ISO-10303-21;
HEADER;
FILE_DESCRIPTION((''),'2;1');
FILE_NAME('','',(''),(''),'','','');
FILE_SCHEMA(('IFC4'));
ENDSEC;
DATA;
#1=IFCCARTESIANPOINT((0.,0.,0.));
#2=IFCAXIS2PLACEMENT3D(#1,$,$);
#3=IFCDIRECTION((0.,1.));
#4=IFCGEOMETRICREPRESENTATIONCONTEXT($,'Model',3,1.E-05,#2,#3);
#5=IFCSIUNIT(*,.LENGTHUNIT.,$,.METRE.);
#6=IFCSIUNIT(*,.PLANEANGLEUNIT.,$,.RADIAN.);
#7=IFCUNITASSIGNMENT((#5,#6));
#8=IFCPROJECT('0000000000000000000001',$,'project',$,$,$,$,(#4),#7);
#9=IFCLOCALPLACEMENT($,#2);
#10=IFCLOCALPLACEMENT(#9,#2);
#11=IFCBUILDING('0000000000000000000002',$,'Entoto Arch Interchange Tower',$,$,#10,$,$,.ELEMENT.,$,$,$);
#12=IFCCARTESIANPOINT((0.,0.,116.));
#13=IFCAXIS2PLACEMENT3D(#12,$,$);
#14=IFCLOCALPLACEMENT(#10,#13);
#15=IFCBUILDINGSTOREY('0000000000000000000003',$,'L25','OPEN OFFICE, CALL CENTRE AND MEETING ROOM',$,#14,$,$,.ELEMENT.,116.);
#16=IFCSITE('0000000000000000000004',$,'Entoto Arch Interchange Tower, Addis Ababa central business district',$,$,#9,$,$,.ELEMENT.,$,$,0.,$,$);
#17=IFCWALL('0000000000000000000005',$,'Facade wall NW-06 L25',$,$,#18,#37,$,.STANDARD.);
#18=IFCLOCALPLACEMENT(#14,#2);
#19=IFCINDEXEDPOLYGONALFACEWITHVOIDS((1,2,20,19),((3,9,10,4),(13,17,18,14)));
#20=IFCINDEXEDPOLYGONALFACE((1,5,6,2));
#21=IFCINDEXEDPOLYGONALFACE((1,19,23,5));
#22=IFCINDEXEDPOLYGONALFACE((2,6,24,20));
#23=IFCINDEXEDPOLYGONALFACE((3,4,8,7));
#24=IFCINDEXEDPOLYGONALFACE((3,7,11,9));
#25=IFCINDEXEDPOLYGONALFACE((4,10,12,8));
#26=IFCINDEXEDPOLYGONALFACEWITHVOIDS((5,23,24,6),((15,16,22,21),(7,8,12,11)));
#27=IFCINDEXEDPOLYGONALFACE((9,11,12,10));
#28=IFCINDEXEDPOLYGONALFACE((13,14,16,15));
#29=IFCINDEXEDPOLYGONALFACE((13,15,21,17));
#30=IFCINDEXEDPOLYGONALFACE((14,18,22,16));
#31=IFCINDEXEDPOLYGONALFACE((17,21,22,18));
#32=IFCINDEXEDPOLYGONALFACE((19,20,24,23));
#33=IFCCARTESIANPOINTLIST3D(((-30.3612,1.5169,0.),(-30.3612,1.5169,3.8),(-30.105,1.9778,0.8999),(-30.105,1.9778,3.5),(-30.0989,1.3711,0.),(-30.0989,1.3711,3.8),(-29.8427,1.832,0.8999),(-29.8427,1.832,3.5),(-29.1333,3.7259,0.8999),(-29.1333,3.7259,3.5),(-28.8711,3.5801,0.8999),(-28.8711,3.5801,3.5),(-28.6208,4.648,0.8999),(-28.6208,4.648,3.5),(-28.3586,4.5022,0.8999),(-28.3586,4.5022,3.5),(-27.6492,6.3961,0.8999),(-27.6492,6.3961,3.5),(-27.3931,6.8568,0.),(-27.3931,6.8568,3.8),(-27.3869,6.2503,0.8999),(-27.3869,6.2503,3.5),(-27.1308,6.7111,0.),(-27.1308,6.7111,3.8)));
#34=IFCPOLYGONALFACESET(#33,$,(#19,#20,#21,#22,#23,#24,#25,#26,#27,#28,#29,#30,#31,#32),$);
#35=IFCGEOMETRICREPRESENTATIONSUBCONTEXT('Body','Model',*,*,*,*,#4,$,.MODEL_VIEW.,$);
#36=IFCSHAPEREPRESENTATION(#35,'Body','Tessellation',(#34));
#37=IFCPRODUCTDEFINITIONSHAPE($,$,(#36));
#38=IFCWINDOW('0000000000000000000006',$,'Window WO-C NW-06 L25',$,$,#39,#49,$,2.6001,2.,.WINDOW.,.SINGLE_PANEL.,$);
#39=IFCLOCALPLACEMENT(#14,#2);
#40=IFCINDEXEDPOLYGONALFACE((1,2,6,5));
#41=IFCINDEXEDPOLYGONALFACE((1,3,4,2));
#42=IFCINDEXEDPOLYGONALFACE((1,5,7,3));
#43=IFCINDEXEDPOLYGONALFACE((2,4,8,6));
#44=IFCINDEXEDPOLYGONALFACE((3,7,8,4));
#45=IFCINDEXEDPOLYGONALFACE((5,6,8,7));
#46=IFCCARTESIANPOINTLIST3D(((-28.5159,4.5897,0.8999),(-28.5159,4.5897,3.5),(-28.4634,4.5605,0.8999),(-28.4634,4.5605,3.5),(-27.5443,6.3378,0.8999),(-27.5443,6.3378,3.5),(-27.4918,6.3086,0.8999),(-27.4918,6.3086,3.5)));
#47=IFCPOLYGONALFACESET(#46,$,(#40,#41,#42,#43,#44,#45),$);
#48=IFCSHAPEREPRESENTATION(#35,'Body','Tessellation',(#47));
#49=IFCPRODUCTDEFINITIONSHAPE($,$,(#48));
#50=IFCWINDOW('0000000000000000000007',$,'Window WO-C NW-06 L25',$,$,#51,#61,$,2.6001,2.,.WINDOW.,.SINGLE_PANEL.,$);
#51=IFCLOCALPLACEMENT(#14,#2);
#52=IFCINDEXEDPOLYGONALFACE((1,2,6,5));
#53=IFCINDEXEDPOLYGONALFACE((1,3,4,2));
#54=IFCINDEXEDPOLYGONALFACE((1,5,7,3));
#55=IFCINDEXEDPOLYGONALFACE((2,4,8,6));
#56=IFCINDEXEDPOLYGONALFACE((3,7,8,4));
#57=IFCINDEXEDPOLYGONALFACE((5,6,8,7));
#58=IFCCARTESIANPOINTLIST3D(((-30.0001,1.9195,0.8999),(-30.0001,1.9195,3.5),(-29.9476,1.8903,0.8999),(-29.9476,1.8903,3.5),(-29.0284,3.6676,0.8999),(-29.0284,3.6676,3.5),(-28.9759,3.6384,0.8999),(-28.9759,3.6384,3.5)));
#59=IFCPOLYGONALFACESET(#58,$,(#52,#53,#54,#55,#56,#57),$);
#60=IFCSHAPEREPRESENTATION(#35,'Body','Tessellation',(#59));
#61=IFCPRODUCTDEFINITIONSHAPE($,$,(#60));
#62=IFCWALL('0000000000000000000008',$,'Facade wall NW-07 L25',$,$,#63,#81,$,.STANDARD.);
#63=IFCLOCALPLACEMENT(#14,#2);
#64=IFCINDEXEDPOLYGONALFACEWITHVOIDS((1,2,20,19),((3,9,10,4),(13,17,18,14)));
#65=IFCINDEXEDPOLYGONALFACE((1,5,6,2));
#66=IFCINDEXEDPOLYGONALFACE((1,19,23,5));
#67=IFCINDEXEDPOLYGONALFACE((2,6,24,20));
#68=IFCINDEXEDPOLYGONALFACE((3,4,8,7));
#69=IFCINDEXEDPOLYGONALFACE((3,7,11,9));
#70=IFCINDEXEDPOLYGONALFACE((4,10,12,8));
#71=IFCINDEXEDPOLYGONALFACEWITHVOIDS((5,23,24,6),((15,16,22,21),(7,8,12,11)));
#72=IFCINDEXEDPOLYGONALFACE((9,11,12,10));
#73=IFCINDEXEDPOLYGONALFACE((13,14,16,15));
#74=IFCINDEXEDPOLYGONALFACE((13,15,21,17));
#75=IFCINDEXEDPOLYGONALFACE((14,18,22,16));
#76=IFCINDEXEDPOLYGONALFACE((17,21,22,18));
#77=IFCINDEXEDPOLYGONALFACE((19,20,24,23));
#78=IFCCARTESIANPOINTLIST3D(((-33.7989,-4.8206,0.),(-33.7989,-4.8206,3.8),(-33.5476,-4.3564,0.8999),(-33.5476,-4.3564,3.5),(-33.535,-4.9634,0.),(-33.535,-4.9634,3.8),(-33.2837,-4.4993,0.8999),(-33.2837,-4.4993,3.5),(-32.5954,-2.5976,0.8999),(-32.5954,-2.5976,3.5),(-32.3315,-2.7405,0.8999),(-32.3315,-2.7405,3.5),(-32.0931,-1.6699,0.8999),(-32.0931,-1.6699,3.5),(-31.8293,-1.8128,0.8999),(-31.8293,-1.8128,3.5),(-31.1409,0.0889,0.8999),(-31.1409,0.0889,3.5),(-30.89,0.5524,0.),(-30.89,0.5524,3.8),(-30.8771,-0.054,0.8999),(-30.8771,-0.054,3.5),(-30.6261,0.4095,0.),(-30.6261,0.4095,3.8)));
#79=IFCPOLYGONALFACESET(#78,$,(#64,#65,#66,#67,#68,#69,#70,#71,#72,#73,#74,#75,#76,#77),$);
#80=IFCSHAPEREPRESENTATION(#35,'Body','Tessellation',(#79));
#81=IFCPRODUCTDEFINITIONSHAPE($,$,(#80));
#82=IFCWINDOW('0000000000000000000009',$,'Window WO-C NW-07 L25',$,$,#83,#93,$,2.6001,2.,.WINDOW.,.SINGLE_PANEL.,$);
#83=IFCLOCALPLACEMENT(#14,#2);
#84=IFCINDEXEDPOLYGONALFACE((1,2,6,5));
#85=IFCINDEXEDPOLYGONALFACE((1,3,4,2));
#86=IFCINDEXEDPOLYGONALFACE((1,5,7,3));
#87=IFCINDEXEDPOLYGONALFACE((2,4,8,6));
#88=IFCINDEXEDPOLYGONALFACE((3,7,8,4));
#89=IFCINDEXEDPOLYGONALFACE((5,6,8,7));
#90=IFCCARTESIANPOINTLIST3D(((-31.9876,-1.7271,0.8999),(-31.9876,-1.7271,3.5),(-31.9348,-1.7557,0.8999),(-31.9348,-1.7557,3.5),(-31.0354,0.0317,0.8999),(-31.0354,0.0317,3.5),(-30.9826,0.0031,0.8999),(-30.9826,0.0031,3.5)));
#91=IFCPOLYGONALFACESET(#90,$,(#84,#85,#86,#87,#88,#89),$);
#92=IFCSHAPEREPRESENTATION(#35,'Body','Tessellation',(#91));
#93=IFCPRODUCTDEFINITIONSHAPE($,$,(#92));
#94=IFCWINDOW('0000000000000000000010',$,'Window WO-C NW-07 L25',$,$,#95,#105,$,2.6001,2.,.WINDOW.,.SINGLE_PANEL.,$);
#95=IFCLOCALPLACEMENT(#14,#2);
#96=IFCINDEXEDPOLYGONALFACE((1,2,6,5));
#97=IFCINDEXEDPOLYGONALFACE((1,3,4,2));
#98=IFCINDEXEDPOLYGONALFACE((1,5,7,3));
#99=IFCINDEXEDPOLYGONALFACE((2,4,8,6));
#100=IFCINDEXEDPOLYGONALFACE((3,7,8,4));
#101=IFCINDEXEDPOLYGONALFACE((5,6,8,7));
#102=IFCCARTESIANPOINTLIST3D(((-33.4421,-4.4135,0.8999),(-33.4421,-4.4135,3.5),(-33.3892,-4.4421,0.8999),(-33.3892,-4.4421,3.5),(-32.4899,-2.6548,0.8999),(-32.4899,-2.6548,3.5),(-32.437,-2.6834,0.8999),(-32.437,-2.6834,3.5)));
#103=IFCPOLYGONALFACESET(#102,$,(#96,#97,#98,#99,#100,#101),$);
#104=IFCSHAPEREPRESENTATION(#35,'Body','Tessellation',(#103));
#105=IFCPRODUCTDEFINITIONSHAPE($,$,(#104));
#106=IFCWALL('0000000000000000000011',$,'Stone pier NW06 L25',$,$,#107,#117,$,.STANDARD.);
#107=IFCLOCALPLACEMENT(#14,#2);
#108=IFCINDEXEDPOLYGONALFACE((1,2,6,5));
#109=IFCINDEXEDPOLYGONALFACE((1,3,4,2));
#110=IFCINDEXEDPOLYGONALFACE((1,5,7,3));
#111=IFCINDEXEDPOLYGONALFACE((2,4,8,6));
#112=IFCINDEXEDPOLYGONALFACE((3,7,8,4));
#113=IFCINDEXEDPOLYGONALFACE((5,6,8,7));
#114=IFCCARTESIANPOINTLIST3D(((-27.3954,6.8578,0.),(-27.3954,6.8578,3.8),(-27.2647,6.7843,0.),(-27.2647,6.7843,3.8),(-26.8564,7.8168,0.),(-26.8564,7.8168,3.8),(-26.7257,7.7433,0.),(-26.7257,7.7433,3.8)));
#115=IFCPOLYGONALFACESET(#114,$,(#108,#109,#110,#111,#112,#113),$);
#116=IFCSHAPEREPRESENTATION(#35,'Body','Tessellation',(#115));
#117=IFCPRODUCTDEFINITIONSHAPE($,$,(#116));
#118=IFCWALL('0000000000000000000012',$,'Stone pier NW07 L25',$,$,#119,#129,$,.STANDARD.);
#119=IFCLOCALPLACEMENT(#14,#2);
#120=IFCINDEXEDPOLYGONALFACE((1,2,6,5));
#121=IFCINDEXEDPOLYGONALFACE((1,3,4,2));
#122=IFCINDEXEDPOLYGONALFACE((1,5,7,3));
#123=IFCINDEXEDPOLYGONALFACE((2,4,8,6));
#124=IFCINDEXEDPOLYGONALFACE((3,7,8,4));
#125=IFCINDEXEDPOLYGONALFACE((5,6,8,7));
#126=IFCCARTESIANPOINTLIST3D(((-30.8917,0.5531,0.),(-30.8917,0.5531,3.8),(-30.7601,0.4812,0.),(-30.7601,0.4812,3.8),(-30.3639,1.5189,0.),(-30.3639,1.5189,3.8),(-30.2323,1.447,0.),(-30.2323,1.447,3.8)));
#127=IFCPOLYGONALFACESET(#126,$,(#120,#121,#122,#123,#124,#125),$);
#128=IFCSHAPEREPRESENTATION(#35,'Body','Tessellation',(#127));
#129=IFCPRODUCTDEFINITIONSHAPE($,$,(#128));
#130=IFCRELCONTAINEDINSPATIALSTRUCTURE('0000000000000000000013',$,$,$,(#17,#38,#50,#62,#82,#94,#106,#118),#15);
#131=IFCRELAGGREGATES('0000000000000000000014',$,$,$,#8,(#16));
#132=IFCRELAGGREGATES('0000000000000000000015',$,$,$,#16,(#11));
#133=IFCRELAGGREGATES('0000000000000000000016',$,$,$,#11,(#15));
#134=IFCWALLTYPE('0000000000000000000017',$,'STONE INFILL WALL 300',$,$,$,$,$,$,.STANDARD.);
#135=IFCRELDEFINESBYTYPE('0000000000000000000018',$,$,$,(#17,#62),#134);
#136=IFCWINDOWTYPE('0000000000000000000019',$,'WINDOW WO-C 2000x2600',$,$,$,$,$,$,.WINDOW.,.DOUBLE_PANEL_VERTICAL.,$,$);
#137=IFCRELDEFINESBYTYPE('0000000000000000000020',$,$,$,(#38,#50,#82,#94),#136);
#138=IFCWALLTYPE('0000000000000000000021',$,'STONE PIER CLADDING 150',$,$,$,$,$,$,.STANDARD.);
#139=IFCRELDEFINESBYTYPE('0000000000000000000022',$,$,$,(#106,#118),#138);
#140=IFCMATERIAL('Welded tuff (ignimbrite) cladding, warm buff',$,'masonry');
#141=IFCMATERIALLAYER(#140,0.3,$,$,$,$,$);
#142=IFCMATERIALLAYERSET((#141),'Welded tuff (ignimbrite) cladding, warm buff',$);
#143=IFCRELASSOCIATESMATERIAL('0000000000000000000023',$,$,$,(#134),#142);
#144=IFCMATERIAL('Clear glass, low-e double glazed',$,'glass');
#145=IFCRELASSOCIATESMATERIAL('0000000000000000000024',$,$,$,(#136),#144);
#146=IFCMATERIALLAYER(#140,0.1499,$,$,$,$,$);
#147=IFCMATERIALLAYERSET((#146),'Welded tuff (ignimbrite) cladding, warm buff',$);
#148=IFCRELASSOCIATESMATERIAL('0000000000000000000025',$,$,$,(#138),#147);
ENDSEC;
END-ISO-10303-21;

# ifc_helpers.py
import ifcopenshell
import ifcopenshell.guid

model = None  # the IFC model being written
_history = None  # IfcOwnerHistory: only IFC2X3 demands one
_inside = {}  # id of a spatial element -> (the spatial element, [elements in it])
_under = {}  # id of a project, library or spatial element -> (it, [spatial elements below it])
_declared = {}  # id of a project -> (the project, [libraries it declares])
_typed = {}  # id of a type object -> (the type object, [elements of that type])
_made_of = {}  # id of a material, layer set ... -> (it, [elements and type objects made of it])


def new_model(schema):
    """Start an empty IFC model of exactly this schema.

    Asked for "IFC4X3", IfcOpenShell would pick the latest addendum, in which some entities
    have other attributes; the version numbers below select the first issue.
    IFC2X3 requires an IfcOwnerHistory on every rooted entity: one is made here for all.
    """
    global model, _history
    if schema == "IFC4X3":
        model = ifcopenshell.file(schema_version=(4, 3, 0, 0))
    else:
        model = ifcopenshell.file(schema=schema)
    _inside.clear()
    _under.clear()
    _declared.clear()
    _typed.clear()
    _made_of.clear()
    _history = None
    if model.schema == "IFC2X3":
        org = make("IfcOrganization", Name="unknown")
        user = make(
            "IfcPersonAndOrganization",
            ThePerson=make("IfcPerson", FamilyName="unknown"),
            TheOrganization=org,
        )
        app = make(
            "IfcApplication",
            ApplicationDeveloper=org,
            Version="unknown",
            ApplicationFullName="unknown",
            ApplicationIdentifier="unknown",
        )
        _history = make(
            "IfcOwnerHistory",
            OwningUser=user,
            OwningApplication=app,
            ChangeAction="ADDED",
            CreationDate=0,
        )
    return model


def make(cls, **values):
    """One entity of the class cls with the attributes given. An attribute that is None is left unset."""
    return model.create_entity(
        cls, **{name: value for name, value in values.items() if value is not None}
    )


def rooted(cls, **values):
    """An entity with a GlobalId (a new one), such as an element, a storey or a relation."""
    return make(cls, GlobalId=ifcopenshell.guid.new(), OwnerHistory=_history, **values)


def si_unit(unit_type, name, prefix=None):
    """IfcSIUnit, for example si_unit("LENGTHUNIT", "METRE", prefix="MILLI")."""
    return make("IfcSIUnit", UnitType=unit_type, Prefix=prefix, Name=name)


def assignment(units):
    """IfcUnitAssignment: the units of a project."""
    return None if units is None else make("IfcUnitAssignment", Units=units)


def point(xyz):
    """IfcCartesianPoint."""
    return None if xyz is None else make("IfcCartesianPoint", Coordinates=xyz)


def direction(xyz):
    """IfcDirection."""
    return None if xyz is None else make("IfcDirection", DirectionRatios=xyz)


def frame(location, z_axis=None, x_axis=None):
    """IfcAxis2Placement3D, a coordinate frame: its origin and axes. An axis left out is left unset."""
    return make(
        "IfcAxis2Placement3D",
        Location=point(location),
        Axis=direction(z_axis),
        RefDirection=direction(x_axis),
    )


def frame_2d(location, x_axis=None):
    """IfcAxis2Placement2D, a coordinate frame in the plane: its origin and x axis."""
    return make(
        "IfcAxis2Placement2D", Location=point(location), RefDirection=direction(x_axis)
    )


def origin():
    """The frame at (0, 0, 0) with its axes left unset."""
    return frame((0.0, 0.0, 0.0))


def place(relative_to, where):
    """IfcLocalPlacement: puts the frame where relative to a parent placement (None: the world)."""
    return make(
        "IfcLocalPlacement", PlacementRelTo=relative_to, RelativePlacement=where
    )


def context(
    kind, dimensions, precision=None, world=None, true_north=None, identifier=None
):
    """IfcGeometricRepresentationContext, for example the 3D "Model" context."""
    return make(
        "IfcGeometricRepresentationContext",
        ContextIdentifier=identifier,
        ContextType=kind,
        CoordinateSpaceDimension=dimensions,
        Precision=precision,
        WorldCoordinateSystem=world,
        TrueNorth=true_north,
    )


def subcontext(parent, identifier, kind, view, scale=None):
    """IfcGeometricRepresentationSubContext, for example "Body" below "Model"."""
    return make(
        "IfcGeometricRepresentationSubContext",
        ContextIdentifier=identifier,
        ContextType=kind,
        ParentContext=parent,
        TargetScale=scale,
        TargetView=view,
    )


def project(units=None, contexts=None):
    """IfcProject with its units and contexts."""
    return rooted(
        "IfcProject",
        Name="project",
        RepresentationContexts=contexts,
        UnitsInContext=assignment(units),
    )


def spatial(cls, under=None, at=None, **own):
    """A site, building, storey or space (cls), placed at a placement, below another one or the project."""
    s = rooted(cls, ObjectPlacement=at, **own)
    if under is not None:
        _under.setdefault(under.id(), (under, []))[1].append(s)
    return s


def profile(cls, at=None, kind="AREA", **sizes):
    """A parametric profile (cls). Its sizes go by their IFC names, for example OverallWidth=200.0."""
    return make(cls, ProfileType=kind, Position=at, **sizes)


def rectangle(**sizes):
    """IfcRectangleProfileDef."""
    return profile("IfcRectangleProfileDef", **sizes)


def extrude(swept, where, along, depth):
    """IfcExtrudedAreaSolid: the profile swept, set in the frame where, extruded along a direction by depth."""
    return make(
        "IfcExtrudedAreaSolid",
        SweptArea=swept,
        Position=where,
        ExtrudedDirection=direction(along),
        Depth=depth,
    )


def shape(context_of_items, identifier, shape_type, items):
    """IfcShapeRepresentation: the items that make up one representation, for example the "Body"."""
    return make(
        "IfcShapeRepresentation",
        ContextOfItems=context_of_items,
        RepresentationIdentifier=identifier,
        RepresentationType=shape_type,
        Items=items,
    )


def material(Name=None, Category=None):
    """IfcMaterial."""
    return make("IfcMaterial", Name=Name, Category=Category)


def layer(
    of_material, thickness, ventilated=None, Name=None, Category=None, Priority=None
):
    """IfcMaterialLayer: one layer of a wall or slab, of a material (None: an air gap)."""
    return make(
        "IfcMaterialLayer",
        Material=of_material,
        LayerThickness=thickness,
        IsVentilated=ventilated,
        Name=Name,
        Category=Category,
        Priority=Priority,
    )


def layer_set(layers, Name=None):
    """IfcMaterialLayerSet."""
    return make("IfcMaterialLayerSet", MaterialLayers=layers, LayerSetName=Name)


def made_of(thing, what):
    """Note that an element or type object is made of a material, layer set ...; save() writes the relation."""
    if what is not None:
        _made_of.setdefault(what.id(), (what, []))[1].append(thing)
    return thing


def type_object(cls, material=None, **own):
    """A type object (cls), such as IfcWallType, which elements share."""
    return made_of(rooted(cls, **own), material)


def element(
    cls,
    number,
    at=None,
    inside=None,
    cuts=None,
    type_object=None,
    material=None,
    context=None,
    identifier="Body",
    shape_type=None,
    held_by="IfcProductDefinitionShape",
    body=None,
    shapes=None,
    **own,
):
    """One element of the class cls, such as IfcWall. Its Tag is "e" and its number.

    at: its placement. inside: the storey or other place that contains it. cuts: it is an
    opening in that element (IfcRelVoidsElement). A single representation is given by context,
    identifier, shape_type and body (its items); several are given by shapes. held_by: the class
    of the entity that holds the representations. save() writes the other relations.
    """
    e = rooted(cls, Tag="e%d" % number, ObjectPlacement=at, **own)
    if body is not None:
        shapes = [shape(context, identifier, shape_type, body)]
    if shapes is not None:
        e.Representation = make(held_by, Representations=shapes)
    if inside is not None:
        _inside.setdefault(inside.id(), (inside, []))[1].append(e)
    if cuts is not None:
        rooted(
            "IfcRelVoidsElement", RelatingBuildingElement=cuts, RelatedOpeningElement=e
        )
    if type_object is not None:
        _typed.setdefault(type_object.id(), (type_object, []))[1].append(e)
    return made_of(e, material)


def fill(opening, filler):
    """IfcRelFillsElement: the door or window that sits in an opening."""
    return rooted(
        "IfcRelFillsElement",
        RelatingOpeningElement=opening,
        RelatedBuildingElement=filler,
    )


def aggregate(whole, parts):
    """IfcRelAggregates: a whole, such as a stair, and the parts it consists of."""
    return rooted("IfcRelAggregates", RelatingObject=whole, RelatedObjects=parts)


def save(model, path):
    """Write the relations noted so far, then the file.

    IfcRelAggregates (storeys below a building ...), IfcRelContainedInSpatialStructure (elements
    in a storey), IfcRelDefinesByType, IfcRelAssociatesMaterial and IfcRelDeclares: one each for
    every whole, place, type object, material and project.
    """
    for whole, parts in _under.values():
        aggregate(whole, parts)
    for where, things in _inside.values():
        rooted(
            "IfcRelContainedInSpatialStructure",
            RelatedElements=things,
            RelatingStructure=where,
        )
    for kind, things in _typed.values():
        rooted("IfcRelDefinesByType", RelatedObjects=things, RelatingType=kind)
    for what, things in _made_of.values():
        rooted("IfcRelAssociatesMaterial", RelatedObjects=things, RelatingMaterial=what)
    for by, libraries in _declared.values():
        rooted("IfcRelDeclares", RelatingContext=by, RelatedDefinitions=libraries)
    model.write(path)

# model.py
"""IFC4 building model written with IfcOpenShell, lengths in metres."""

from ifc_helpers import new_model, si_unit, direction, frame, frame_2d, origin, place, context, subcontext, project, spatial, rectangle, extrude, material, layer, layer_set, type_object, element, fill, save


model = new_model("IFC4")

# Units and contexts
model_context = context("Model", 3, precision=1e-05, world=origin(), true_north=direction((0.0, 1.0)))
body_context = subcontext(model_context, "Body", "Model", "MODEL_VIEW")
ifc_project = project(units=[si_unit("LENGTHUNIT", "METRE"), si_unit("PLANEANGLEUNIT", "RADIAN")], contexts=[model_context])

# Site, building, storey
site_placement = place(None, origin())
site = spatial("IfcSite", under=ifc_project, at=site_placement, Name="Entoto Arch Interchange Tower, Addis Ababa central business district", CompositionType="ELEMENT", RefElevation=0.0)
building_placement = place(site_placement, origin())
building = spatial("IfcBuilding", under=site, at=building_placement, Name="Entoto Arch Interchange Tower", CompositionType="ELEMENT")
storey_placement = place(building_placement, frame((0.0, 0.0, 116.0)))
storey = spatial("IfcBuildingStorey", under=building, at=storey_placement, Name="L25", Description="OPEN OFFICE, CALL CENTRE AND MEETING ROOM", CompositionType="ELEMENT", Elevation=116.0)

# Walls, openings, windows
ifc_material_1 = material(Name="Welded tuff (ignimbrite) cladding, warm buff", Category="masonry")
ifc_layer_1 = layer(ifc_material_1, 0.3)
ifc_layer_set_1 = layer_set([ifc_layer_1], Name="Welded tuff (ignimbrite) cladding, warm buff")
wall_type_1 = type_object("IfcWallType", Name="STONE INFILL WALL 300", PredefinedType="STANDARD", material=ifc_layer_set_1)
wall_1_placement = place(storey_placement, frame((-27.262, 6.7839, 0.0), z_axis=(0.0, 0.0, 1.0), x_axis=(-0.485823, -0.874057, 0.0)))
wall_1 = element("IfcWall", 1, at=wall_1_placement, inside=storey, type_object=wall_type_1, Name="Facade wall NW-06 L25", PredefinedType="STANDARD", context=body_context, shape_type="SweptSolid", body=[
    extrude(rectangle(XDim=6.1094, YDim=0.3, at=frame_2d((3.0547, 0.0))), origin(), (0.0, 0.0, 1.0), 3.8),
])
opening_1_placement = place(wall_1_placement, frame((0.5271, 0.0, 0.8999)))
opening_1 = element("IfcOpeningElement", 2, at=opening_1_placement, cuts=wall_1, PredefinedType="OPENING", context=body_context, shape_type="SweptSolid", body=[
    extrude(rectangle(XDim=2.0, YDim=2.6001, at=frame_2d((1.0, 1.3))), frame((0.0, 0.1602, 0.0), z_axis=(0.0, -1.0, 0.0), x_axis=(1.0, 0.0, 0.0)), (0.0, 0.0, 1.0), 0.3201),
])
opening_2_placement = place(wall_1_placement, frame((3.582, 0.0, 0.8999)))
opening_2 = element("IfcOpeningElement", 3, at=opening_2_placement, cuts=wall_1, PredefinedType="OPENING", context=body_context, shape_type="SweptSolid", body=[
    extrude(rectangle(XDim=2.0, YDim=2.6001, at=frame_2d((1.0, 1.3))), frame((0.0, 0.1602, 0.0), z_axis=(0.0, -1.0, 0.0), x_axis=(1.0, 0.0, 0.0)), (0.0, 0.0, 1.0), 0.3201),
])
ifc_material_2 = material(Name="Clear glass, low-e double glazed", Category="glass")
window_type = type_object("IfcWindowType", Name="WINDOW WO-C 2000x2600", PartitioningType="DOUBLE_PANEL_VERTICAL", PredefinedType="WINDOW", material=ifc_material_2)
window_1_placement = place(opening_1_placement, origin())
window_1 = element("IfcWindow", 4, at=window_1_placement, inside=storey, type_object=window_type, Name="Window WO-C NW-06 L25", OverallHeight=2.6001, OverallWidth=2.0, PartitioningType="SINGLE_PANEL", PredefinedType="WINDOW", context=body_context, shape_type="SweptSolid", body=[
    extrude(rectangle(XDim=2.0, YDim=2.6001, at=frame_2d((1.0, 1.3))), frame((0.0, 0.03, 0.0), z_axis=(0.0, -1.0, 0.0), x_axis=(1.0, 0.0, 0.0)), (0.0, 0.0, 1.0), 0.0601),
])
fill(opening_1, window_1)
window_2_placement = place(opening_2_placement, origin())
window_2 = element("IfcWindow", 5, at=window_2_placement, inside=storey, type_object=window_type, Name="Window WO-C NW-06 L25", OverallHeight=2.6001, OverallWidth=2.0, PartitioningType="SINGLE_PANEL", PredefinedType="WINDOW", context=body_context, shape_type="SweptSolid", body=[
    extrude(rectangle(XDim=2.0, YDim=2.6001, at=frame_2d((1.0, 1.3))), frame((0.0, 0.03, 0.0), z_axis=(0.0, -1.0, 0.0), x_axis=(1.0, 0.0, 0.0)), (0.0, 0.0, 1.0), 0.0601),
])
fill(opening_2, window_2)
wall_2_placement = place(storey_placement, frame((-30.7581, 0.481, 0.0), z_axis=(0.0, 0.0, 1.0), x_axis=(-0.476098, -0.879392, 0.0)))
wall_2 = element("IfcWall", 6, at=wall_2_placement, inside=storey, type_object=wall_type_1, Name="Facade wall NW-07 L25", PredefinedType="STANDARD", context=body_context, shape_type="SweptSolid", body=[
    extrude(rectangle(XDim=6.1099, YDim=0.3, at=frame_2d((3.0549, 0.0))), origin(), (0.0, 0.0, 1.0), 3.8),
])
opening_3_placement = place(wall_2_placement, frame((0.5271, 0.0, 0.8999)))
opening_3 = element("IfcOpeningElement", 7, at=opening_3_placement, cuts=wall_2, PredefinedType="OPENING", context=body_context, shape_type="SweptSolid", body=[
    extrude(rectangle(XDim=2.0, YDim=2.6001, at=frame_2d((1.0, 1.3))), frame((0.0, 0.1602, 0.0), z_axis=(0.0, -1.0, 0.0), x_axis=(1.0, 0.0, 0.0)), (0.0, 0.0, 1.0), 0.3201),
])
opening_4_placement = place(wall_2_placement, frame((3.582, 0.0, 0.8999)))
opening_4 = element("IfcOpeningElement", 8, at=opening_4_placement, cuts=wall_2, PredefinedType="OPENING", context=body_context, shape_type="SweptSolid", body=[
    extrude(rectangle(XDim=2.0, YDim=2.6001, at=frame_2d((1.0, 1.3))), frame((0.0, 0.1602, 0.0), z_axis=(0.0, -1.0, 0.0), x_axis=(1.0, 0.0, 0.0)), (0.0, 0.0, 1.0), 0.3201),
])
window_3_placement = place(opening_3_placement, origin())
window_3 = element("IfcWindow", 9, at=window_3_placement, inside=storey, type_object=window_type, Name="Window WO-C NW-07 L25", OverallHeight=2.6001, OverallWidth=2.0, PartitioningType="SINGLE_PANEL", PredefinedType="WINDOW", context=body_context, shape_type="SweptSolid", body=[
    extrude(rectangle(XDim=2.0, YDim=2.6001, at=frame_2d((1.0, 1.3))), frame((0.0, 0.03, 0.0), z_axis=(0.0, -1.0, 0.0), x_axis=(1.0, 0.0, 0.0)), (0.0, 0.0, 1.0), 0.0601),
])
fill(opening_3, window_3)
window_4_placement = place(opening_4_placement, origin())
window_4 = element("IfcWindow", 10, at=window_4_placement, inside=storey, type_object=window_type, Name="Window WO-C NW-07 L25", OverallHeight=2.6001, OverallWidth=2.0, PartitioningType="SINGLE_PANEL", PredefinedType="WINDOW", context=body_context, shape_type="SweptSolid", body=[
    extrude(rectangle(XDim=2.0, YDim=2.6001, at=frame_2d((1.0, 1.3))), frame((0.0, 0.03, 0.0), z_axis=(0.0, -1.0, 0.0), x_axis=(1.0, 0.0, 0.0)), (0.0, 0.0, 1.0), 0.0601),
])
fill(opening_4, window_4)

# Walls
ifc_layer_2 = layer(ifc_material_1, 0.1499)
ifc_layer_set_2 = layer_set([ifc_layer_2], Name="Welded tuff (ignimbrite) cladding, warm buff")
wall_type_2 = type_object("IfcWallType", Name="STONE PIER CLADDING 150", PredefinedType="STANDARD", material=ifc_layer_set_2)
wall_3_placement = place(storey_placement, frame((-26.791, 7.78, 0.0), z_axis=(0.0, 0.0, 1.0), x_axis=(-0.490008, -0.871718, 0.0)))
element("IfcWall", 11, at=wall_3_placement, inside=storey, type_object=wall_type_2, Name="Stone pier NW06 L25", PredefinedType="STANDARD", context=body_context, shape_type="SweptSolid", body=[
    extrude(rectangle(XDim=1.1001, YDim=0.1499, at=frame_2d((0.55, 0.0))), origin(), (0.0, 0.0, 1.0), 3.8),
])
wall_4_placement = place(storey_placement, frame((-30.2981, 1.4829, 0.0), z_axis=(0.0, 0.0, 1.0), x_axis=(-0.479567, -0.877505, 0.0)))
element("IfcWall", 12, at=wall_4_placement, inside=storey, type_object=wall_type_2, Name="Stone pier NW07 L25", PredefinedType="STANDARD", context=body_context, shape_type="SweptSolid", body=[
    extrude(rectangle(XDim=1.1006, YDim=0.1499, at=frame_2d((0.5503, 0.0))), origin(), (0.0, 0.0, 1.0), 3.8),
])

save(model, "model.ifc")
